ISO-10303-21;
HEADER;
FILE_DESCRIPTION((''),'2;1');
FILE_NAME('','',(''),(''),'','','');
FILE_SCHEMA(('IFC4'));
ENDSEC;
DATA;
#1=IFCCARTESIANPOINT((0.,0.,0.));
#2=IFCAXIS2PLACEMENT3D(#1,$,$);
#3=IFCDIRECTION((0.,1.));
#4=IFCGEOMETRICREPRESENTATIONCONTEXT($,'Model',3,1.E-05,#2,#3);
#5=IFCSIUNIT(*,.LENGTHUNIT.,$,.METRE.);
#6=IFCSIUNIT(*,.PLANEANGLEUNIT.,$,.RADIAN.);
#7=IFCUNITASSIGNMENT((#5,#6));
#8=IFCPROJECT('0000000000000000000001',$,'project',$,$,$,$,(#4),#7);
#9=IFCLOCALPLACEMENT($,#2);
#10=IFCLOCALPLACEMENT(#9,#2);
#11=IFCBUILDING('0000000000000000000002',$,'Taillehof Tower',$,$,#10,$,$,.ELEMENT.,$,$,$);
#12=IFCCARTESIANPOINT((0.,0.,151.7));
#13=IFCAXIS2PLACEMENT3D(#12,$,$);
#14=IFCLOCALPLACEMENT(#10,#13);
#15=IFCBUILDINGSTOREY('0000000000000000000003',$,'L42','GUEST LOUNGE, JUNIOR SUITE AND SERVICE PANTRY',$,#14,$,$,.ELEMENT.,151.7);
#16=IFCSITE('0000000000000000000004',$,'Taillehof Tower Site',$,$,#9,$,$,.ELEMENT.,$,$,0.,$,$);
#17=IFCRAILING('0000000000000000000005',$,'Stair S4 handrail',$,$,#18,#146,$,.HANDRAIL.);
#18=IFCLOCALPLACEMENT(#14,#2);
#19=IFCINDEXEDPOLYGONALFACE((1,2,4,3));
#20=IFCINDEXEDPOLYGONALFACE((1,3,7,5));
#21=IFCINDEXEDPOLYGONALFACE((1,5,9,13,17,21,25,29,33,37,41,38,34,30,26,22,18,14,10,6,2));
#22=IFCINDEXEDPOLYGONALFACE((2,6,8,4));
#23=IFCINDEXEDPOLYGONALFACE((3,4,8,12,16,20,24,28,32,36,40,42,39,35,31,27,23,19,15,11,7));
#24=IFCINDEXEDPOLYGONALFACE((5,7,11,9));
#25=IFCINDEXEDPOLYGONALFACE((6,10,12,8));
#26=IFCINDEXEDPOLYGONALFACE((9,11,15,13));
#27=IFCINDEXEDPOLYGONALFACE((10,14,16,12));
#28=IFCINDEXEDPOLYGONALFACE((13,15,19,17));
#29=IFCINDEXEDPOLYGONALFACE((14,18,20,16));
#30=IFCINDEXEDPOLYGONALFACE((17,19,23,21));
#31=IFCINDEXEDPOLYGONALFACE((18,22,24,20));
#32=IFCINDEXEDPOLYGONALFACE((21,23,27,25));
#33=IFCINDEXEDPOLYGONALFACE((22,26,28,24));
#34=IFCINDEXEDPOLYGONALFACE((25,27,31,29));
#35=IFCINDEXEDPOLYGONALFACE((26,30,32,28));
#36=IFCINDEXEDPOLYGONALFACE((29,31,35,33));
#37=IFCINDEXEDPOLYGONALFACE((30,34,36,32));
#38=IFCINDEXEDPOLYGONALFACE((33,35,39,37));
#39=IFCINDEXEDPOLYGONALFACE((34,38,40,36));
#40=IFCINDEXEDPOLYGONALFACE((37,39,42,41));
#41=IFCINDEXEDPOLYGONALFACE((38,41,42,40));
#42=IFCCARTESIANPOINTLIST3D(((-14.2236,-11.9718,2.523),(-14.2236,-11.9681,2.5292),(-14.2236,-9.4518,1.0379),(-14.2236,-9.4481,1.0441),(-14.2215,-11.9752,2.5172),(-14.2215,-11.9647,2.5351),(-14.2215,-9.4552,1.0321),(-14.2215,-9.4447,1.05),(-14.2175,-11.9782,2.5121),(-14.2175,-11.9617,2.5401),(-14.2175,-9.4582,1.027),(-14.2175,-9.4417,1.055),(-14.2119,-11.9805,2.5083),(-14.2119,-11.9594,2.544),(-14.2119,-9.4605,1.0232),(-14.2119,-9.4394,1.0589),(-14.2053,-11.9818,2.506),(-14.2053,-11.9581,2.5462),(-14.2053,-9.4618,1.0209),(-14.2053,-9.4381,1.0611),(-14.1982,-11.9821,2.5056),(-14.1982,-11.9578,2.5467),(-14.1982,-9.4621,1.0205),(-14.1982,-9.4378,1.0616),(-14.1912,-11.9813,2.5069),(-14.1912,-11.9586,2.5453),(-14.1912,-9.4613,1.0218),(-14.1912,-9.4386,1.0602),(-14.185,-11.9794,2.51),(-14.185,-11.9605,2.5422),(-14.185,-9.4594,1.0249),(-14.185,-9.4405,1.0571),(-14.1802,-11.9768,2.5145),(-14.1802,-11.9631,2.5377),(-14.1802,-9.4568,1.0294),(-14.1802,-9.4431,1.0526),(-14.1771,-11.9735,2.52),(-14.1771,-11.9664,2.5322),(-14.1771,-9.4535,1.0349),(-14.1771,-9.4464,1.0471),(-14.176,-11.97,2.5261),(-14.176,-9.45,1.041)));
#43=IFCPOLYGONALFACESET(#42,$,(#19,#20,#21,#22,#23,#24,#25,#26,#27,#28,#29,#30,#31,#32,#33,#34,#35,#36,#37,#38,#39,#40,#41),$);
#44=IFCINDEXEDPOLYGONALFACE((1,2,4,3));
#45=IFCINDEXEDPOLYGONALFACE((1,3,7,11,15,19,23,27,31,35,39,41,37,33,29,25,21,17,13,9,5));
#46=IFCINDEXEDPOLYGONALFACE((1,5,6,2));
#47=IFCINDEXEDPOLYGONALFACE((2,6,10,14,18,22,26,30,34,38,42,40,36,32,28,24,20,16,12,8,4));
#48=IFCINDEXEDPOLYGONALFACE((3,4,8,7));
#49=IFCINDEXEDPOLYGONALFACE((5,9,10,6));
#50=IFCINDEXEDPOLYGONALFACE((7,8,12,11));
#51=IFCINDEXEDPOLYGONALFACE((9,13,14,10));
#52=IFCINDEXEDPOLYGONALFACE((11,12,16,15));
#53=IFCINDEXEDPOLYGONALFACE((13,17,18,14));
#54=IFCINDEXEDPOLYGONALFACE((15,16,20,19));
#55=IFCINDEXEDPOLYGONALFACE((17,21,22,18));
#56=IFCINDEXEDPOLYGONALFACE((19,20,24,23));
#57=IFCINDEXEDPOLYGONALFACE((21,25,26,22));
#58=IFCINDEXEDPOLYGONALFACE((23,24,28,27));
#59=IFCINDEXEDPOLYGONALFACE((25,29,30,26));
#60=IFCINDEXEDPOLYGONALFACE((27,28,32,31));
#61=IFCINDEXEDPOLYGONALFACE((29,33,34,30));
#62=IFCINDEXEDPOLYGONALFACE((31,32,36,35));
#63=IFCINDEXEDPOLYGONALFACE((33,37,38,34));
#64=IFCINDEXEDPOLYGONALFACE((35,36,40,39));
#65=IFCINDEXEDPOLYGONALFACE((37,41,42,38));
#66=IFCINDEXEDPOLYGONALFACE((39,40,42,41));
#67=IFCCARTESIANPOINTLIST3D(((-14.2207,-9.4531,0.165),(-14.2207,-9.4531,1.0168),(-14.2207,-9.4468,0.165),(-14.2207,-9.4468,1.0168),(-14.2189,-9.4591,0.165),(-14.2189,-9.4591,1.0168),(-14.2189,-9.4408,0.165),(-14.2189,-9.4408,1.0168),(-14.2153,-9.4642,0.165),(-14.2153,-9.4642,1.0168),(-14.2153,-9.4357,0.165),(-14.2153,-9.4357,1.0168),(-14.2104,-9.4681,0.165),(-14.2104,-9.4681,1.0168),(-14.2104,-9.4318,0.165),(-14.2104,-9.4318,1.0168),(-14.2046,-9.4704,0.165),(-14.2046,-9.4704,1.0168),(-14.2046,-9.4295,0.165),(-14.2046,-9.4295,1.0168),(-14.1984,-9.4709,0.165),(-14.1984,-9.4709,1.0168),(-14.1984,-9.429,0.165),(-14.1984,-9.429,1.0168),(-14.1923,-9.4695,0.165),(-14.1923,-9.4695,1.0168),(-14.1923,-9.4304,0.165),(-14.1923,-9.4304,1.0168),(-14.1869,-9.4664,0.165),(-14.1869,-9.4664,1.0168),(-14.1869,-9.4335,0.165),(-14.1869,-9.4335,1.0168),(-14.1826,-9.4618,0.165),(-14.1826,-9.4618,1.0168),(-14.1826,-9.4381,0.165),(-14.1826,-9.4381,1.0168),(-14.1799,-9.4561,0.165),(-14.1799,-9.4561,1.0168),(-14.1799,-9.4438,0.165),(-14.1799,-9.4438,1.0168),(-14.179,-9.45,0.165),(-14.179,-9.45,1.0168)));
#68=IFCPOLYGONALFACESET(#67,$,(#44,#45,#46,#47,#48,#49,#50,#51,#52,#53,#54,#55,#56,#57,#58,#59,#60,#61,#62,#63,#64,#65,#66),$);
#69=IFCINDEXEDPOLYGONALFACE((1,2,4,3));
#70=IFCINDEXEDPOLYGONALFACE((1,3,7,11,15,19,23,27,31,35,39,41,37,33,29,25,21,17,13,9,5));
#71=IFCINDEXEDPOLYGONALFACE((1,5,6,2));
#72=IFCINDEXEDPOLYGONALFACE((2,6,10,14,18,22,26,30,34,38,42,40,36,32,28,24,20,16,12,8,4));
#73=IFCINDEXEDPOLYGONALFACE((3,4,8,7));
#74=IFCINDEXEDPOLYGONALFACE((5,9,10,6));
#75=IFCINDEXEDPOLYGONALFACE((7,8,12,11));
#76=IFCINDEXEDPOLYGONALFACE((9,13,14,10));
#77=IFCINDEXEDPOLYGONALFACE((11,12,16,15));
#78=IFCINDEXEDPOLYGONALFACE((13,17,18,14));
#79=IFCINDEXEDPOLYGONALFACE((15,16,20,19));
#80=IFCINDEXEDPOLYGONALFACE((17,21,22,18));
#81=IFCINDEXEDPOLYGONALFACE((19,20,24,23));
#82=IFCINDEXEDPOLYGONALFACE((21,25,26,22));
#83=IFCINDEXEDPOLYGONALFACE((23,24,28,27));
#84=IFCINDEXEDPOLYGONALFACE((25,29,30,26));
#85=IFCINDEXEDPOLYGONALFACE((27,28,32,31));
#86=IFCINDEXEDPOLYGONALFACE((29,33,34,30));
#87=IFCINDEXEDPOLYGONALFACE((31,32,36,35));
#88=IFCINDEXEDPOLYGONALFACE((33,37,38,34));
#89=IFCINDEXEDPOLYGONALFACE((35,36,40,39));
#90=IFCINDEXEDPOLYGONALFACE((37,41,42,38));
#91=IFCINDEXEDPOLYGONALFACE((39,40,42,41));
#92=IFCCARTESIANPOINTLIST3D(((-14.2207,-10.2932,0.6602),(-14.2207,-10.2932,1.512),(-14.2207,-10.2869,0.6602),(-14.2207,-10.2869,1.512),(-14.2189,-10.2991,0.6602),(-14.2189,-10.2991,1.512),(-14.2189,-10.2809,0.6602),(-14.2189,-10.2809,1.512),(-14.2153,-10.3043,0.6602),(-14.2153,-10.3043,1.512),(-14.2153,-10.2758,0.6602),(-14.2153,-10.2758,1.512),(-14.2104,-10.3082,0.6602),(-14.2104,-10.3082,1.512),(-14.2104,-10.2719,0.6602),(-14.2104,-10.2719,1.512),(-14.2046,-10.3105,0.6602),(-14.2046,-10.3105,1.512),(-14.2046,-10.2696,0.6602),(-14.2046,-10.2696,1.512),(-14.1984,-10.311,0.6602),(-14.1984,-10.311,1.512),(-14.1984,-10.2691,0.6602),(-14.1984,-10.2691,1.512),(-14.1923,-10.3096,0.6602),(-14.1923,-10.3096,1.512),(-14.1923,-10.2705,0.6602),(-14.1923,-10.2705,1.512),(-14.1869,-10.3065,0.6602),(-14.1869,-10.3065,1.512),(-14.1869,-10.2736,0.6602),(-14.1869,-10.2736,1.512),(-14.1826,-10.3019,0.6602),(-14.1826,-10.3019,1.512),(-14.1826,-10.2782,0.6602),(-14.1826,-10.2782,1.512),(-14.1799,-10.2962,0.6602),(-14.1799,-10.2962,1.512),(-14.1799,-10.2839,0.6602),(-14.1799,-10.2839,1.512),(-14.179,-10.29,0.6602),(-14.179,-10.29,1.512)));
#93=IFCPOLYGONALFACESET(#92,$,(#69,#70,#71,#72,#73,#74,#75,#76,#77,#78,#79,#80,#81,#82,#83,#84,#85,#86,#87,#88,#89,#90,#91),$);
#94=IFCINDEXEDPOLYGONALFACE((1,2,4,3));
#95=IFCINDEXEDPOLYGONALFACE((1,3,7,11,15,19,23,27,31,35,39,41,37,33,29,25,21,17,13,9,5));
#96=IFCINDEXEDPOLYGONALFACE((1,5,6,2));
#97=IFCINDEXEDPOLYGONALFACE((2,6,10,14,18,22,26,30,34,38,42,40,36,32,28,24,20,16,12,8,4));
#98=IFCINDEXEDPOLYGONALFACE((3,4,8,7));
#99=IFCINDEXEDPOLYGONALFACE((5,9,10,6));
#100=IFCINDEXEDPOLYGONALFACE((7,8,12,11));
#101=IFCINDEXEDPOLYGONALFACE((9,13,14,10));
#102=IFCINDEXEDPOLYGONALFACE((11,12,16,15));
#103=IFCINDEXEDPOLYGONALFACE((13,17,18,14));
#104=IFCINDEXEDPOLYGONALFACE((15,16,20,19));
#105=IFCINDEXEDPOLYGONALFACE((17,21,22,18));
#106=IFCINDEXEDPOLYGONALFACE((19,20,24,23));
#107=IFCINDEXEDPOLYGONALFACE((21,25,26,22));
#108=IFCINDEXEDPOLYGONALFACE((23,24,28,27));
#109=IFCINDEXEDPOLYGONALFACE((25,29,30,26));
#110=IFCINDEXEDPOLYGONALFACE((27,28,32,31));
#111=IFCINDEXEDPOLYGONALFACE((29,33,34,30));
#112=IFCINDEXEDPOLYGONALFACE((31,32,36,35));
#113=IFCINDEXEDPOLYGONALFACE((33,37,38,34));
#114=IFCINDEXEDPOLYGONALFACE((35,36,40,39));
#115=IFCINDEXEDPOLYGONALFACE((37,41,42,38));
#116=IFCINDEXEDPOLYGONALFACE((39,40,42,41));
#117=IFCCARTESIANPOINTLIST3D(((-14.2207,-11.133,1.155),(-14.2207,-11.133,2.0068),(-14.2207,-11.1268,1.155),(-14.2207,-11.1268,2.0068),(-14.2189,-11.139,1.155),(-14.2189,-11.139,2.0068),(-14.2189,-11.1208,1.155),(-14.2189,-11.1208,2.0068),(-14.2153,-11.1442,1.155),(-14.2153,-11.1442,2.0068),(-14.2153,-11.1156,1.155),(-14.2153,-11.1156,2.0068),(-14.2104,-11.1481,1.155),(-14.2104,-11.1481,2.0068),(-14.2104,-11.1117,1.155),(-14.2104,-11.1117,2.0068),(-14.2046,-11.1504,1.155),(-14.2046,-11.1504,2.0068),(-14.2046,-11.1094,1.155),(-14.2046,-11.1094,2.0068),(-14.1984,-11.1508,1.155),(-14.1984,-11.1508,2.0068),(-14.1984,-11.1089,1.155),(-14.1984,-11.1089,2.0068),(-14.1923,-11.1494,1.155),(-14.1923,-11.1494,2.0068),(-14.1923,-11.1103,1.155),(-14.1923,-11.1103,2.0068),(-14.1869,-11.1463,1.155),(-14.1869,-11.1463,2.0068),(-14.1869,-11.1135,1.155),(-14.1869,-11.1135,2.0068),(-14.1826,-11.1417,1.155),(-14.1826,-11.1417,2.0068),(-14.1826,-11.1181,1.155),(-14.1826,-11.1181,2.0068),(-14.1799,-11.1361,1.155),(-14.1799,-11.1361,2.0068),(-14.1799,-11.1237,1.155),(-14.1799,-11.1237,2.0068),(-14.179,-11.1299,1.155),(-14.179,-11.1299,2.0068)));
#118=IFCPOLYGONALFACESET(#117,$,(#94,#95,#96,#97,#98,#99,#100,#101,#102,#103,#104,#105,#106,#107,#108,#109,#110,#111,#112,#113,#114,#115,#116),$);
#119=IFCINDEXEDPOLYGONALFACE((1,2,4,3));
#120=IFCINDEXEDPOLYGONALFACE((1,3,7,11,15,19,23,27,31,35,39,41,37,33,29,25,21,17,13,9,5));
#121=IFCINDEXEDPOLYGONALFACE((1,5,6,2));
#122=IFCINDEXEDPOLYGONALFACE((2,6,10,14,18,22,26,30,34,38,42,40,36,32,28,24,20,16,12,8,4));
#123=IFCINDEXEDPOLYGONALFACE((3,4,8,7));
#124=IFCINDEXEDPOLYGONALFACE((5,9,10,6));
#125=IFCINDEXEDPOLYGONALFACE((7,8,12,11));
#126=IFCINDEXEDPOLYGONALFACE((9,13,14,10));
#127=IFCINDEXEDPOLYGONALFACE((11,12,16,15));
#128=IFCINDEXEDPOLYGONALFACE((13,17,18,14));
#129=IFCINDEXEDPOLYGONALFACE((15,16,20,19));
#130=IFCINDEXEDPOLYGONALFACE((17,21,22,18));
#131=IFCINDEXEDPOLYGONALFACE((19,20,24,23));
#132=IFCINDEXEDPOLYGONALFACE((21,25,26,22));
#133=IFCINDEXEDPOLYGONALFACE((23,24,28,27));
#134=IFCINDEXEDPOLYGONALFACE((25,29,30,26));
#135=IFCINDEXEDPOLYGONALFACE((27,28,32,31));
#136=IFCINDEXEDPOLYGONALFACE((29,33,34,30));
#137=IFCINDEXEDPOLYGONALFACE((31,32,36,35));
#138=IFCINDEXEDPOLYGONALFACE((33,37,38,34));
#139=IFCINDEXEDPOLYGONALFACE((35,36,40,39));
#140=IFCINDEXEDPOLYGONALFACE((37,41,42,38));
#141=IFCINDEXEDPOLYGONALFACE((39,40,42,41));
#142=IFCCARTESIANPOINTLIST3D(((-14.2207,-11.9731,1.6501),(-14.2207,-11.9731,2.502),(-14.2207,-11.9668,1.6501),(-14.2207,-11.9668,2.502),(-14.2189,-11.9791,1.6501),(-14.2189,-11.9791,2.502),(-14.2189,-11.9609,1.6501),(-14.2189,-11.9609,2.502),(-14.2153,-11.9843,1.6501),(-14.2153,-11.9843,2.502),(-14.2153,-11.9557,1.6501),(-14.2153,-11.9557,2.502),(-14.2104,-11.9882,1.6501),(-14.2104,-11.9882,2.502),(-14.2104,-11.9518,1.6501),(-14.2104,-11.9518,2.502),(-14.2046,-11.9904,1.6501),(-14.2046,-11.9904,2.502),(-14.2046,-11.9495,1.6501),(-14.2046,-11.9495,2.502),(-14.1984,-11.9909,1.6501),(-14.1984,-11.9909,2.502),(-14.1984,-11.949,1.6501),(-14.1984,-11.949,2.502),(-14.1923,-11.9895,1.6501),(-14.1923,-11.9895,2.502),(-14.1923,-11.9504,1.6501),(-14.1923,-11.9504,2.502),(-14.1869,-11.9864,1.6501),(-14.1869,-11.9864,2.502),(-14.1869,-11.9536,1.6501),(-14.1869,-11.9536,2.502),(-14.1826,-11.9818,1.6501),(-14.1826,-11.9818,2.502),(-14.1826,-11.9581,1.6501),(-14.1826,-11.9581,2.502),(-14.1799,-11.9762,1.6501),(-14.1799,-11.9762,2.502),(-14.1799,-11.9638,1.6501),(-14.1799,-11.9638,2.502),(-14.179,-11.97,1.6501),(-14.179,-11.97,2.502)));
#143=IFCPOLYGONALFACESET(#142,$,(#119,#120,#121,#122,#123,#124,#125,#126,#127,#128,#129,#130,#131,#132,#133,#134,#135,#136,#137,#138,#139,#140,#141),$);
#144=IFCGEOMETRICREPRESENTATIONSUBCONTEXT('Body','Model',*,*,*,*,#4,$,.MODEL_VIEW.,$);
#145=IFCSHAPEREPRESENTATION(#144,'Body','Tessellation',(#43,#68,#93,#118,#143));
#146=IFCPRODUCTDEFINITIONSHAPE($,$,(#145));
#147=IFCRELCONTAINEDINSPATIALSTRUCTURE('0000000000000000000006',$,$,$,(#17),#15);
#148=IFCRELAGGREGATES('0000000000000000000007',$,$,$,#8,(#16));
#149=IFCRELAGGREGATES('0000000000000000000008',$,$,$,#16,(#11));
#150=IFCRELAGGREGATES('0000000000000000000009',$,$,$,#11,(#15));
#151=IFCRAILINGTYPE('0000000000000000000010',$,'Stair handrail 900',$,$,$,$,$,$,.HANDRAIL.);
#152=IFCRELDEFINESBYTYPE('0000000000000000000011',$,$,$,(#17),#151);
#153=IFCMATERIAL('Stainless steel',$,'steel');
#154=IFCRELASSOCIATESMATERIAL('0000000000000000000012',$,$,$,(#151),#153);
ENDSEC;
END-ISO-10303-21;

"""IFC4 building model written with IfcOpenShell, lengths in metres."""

from ifc_helpers import new_model, si_unit, direction, frame, origin, origin_2d, place, context, subcontext, project, spatial, circle, extrude, material, type_object, element, save


model = new_model("IFC4")

# Units and contexts
model_context = context("Model", 3, precision=1e-05, world=origin(), true_north=direction((0.0, 1.0)))
body_context = subcontext(model_context, "Body", "Model", "MODEL_VIEW")
ifc_project = project(units=[si_unit("LENGTHUNIT", "METRE"), si_unit("PLANEANGLEUNIT", "RADIAN")], contexts=[model_context])

# Site, building, storey
site_placement = place(None, origin())
site = spatial("IfcSite", under=ifc_project, at=site_placement, Name="Taillehof Tower Site", CompositionType="ELEMENT", RefElevation=0.0)
building_placement = place(site_placement, origin())
building = spatial("IfcBuilding", under=site, at=building_placement, Name="Taillehof Tower", CompositionType="ELEMENT")
storey_placement = place(building_placement, frame((0.0, 0.0, 151.7)))
storey = spatial("IfcBuildingStorey", under=building, at=storey_placement, Name="L42", Description="GUEST LOUNGE, JUNIOR SUITE AND SERVICE PANTRY", CompositionType="ELEMENT", Elevation=151.7)

# Railing
ifc_material_1 = material(Name="Stainless steel", Category="steel")
railing_type = type_object("IfcRailingType", Name="Stair handrail 900", PredefinedType="HANDRAIL", material=ifc_material_1)
railing_placement = place(storey_placement, frame((-14.2, -9.45, 0.165)))
element("IfcRailing", 1, at=railing_placement, inside=storey, type_object=railing_type, Name="Stair S4 handrail", PredefinedType="HANDRAIL", context=body_context, shape_type="SweptSolid", body=[
    extrude(circle(Radius=0.0239, at=origin_2d()), frame((0.0, 0.0, 0.876), z_axis=(0.0, -0.861524, 0.507717), x_axis=(1.0, 0.0, 0.0)), (0.0, 0.0, 1.0), 2.925),
    extrude(circle(Radius=0.021, at=origin_2d()), origin(), (0.0, 0.0, 1.0), 0.8518),
    extrude(circle(Radius=0.021, at=origin_2d()), frame((0.0, -0.8401, 0.4951)), (0.0, 0.0, 1.0), 0.8518),
    extrude(circle(Radius=0.021, at=origin_2d()), frame((0.0, -1.6799, 0.99)), (0.0, 0.0, 1.0), 0.8518),
    extrude(circle(Radius=0.021, at=origin_2d()), frame((0.0, -2.52, 1.4851)), (0.0, 0.0, 1.0), 0.8518),
])

save(model, "model.ifc")
